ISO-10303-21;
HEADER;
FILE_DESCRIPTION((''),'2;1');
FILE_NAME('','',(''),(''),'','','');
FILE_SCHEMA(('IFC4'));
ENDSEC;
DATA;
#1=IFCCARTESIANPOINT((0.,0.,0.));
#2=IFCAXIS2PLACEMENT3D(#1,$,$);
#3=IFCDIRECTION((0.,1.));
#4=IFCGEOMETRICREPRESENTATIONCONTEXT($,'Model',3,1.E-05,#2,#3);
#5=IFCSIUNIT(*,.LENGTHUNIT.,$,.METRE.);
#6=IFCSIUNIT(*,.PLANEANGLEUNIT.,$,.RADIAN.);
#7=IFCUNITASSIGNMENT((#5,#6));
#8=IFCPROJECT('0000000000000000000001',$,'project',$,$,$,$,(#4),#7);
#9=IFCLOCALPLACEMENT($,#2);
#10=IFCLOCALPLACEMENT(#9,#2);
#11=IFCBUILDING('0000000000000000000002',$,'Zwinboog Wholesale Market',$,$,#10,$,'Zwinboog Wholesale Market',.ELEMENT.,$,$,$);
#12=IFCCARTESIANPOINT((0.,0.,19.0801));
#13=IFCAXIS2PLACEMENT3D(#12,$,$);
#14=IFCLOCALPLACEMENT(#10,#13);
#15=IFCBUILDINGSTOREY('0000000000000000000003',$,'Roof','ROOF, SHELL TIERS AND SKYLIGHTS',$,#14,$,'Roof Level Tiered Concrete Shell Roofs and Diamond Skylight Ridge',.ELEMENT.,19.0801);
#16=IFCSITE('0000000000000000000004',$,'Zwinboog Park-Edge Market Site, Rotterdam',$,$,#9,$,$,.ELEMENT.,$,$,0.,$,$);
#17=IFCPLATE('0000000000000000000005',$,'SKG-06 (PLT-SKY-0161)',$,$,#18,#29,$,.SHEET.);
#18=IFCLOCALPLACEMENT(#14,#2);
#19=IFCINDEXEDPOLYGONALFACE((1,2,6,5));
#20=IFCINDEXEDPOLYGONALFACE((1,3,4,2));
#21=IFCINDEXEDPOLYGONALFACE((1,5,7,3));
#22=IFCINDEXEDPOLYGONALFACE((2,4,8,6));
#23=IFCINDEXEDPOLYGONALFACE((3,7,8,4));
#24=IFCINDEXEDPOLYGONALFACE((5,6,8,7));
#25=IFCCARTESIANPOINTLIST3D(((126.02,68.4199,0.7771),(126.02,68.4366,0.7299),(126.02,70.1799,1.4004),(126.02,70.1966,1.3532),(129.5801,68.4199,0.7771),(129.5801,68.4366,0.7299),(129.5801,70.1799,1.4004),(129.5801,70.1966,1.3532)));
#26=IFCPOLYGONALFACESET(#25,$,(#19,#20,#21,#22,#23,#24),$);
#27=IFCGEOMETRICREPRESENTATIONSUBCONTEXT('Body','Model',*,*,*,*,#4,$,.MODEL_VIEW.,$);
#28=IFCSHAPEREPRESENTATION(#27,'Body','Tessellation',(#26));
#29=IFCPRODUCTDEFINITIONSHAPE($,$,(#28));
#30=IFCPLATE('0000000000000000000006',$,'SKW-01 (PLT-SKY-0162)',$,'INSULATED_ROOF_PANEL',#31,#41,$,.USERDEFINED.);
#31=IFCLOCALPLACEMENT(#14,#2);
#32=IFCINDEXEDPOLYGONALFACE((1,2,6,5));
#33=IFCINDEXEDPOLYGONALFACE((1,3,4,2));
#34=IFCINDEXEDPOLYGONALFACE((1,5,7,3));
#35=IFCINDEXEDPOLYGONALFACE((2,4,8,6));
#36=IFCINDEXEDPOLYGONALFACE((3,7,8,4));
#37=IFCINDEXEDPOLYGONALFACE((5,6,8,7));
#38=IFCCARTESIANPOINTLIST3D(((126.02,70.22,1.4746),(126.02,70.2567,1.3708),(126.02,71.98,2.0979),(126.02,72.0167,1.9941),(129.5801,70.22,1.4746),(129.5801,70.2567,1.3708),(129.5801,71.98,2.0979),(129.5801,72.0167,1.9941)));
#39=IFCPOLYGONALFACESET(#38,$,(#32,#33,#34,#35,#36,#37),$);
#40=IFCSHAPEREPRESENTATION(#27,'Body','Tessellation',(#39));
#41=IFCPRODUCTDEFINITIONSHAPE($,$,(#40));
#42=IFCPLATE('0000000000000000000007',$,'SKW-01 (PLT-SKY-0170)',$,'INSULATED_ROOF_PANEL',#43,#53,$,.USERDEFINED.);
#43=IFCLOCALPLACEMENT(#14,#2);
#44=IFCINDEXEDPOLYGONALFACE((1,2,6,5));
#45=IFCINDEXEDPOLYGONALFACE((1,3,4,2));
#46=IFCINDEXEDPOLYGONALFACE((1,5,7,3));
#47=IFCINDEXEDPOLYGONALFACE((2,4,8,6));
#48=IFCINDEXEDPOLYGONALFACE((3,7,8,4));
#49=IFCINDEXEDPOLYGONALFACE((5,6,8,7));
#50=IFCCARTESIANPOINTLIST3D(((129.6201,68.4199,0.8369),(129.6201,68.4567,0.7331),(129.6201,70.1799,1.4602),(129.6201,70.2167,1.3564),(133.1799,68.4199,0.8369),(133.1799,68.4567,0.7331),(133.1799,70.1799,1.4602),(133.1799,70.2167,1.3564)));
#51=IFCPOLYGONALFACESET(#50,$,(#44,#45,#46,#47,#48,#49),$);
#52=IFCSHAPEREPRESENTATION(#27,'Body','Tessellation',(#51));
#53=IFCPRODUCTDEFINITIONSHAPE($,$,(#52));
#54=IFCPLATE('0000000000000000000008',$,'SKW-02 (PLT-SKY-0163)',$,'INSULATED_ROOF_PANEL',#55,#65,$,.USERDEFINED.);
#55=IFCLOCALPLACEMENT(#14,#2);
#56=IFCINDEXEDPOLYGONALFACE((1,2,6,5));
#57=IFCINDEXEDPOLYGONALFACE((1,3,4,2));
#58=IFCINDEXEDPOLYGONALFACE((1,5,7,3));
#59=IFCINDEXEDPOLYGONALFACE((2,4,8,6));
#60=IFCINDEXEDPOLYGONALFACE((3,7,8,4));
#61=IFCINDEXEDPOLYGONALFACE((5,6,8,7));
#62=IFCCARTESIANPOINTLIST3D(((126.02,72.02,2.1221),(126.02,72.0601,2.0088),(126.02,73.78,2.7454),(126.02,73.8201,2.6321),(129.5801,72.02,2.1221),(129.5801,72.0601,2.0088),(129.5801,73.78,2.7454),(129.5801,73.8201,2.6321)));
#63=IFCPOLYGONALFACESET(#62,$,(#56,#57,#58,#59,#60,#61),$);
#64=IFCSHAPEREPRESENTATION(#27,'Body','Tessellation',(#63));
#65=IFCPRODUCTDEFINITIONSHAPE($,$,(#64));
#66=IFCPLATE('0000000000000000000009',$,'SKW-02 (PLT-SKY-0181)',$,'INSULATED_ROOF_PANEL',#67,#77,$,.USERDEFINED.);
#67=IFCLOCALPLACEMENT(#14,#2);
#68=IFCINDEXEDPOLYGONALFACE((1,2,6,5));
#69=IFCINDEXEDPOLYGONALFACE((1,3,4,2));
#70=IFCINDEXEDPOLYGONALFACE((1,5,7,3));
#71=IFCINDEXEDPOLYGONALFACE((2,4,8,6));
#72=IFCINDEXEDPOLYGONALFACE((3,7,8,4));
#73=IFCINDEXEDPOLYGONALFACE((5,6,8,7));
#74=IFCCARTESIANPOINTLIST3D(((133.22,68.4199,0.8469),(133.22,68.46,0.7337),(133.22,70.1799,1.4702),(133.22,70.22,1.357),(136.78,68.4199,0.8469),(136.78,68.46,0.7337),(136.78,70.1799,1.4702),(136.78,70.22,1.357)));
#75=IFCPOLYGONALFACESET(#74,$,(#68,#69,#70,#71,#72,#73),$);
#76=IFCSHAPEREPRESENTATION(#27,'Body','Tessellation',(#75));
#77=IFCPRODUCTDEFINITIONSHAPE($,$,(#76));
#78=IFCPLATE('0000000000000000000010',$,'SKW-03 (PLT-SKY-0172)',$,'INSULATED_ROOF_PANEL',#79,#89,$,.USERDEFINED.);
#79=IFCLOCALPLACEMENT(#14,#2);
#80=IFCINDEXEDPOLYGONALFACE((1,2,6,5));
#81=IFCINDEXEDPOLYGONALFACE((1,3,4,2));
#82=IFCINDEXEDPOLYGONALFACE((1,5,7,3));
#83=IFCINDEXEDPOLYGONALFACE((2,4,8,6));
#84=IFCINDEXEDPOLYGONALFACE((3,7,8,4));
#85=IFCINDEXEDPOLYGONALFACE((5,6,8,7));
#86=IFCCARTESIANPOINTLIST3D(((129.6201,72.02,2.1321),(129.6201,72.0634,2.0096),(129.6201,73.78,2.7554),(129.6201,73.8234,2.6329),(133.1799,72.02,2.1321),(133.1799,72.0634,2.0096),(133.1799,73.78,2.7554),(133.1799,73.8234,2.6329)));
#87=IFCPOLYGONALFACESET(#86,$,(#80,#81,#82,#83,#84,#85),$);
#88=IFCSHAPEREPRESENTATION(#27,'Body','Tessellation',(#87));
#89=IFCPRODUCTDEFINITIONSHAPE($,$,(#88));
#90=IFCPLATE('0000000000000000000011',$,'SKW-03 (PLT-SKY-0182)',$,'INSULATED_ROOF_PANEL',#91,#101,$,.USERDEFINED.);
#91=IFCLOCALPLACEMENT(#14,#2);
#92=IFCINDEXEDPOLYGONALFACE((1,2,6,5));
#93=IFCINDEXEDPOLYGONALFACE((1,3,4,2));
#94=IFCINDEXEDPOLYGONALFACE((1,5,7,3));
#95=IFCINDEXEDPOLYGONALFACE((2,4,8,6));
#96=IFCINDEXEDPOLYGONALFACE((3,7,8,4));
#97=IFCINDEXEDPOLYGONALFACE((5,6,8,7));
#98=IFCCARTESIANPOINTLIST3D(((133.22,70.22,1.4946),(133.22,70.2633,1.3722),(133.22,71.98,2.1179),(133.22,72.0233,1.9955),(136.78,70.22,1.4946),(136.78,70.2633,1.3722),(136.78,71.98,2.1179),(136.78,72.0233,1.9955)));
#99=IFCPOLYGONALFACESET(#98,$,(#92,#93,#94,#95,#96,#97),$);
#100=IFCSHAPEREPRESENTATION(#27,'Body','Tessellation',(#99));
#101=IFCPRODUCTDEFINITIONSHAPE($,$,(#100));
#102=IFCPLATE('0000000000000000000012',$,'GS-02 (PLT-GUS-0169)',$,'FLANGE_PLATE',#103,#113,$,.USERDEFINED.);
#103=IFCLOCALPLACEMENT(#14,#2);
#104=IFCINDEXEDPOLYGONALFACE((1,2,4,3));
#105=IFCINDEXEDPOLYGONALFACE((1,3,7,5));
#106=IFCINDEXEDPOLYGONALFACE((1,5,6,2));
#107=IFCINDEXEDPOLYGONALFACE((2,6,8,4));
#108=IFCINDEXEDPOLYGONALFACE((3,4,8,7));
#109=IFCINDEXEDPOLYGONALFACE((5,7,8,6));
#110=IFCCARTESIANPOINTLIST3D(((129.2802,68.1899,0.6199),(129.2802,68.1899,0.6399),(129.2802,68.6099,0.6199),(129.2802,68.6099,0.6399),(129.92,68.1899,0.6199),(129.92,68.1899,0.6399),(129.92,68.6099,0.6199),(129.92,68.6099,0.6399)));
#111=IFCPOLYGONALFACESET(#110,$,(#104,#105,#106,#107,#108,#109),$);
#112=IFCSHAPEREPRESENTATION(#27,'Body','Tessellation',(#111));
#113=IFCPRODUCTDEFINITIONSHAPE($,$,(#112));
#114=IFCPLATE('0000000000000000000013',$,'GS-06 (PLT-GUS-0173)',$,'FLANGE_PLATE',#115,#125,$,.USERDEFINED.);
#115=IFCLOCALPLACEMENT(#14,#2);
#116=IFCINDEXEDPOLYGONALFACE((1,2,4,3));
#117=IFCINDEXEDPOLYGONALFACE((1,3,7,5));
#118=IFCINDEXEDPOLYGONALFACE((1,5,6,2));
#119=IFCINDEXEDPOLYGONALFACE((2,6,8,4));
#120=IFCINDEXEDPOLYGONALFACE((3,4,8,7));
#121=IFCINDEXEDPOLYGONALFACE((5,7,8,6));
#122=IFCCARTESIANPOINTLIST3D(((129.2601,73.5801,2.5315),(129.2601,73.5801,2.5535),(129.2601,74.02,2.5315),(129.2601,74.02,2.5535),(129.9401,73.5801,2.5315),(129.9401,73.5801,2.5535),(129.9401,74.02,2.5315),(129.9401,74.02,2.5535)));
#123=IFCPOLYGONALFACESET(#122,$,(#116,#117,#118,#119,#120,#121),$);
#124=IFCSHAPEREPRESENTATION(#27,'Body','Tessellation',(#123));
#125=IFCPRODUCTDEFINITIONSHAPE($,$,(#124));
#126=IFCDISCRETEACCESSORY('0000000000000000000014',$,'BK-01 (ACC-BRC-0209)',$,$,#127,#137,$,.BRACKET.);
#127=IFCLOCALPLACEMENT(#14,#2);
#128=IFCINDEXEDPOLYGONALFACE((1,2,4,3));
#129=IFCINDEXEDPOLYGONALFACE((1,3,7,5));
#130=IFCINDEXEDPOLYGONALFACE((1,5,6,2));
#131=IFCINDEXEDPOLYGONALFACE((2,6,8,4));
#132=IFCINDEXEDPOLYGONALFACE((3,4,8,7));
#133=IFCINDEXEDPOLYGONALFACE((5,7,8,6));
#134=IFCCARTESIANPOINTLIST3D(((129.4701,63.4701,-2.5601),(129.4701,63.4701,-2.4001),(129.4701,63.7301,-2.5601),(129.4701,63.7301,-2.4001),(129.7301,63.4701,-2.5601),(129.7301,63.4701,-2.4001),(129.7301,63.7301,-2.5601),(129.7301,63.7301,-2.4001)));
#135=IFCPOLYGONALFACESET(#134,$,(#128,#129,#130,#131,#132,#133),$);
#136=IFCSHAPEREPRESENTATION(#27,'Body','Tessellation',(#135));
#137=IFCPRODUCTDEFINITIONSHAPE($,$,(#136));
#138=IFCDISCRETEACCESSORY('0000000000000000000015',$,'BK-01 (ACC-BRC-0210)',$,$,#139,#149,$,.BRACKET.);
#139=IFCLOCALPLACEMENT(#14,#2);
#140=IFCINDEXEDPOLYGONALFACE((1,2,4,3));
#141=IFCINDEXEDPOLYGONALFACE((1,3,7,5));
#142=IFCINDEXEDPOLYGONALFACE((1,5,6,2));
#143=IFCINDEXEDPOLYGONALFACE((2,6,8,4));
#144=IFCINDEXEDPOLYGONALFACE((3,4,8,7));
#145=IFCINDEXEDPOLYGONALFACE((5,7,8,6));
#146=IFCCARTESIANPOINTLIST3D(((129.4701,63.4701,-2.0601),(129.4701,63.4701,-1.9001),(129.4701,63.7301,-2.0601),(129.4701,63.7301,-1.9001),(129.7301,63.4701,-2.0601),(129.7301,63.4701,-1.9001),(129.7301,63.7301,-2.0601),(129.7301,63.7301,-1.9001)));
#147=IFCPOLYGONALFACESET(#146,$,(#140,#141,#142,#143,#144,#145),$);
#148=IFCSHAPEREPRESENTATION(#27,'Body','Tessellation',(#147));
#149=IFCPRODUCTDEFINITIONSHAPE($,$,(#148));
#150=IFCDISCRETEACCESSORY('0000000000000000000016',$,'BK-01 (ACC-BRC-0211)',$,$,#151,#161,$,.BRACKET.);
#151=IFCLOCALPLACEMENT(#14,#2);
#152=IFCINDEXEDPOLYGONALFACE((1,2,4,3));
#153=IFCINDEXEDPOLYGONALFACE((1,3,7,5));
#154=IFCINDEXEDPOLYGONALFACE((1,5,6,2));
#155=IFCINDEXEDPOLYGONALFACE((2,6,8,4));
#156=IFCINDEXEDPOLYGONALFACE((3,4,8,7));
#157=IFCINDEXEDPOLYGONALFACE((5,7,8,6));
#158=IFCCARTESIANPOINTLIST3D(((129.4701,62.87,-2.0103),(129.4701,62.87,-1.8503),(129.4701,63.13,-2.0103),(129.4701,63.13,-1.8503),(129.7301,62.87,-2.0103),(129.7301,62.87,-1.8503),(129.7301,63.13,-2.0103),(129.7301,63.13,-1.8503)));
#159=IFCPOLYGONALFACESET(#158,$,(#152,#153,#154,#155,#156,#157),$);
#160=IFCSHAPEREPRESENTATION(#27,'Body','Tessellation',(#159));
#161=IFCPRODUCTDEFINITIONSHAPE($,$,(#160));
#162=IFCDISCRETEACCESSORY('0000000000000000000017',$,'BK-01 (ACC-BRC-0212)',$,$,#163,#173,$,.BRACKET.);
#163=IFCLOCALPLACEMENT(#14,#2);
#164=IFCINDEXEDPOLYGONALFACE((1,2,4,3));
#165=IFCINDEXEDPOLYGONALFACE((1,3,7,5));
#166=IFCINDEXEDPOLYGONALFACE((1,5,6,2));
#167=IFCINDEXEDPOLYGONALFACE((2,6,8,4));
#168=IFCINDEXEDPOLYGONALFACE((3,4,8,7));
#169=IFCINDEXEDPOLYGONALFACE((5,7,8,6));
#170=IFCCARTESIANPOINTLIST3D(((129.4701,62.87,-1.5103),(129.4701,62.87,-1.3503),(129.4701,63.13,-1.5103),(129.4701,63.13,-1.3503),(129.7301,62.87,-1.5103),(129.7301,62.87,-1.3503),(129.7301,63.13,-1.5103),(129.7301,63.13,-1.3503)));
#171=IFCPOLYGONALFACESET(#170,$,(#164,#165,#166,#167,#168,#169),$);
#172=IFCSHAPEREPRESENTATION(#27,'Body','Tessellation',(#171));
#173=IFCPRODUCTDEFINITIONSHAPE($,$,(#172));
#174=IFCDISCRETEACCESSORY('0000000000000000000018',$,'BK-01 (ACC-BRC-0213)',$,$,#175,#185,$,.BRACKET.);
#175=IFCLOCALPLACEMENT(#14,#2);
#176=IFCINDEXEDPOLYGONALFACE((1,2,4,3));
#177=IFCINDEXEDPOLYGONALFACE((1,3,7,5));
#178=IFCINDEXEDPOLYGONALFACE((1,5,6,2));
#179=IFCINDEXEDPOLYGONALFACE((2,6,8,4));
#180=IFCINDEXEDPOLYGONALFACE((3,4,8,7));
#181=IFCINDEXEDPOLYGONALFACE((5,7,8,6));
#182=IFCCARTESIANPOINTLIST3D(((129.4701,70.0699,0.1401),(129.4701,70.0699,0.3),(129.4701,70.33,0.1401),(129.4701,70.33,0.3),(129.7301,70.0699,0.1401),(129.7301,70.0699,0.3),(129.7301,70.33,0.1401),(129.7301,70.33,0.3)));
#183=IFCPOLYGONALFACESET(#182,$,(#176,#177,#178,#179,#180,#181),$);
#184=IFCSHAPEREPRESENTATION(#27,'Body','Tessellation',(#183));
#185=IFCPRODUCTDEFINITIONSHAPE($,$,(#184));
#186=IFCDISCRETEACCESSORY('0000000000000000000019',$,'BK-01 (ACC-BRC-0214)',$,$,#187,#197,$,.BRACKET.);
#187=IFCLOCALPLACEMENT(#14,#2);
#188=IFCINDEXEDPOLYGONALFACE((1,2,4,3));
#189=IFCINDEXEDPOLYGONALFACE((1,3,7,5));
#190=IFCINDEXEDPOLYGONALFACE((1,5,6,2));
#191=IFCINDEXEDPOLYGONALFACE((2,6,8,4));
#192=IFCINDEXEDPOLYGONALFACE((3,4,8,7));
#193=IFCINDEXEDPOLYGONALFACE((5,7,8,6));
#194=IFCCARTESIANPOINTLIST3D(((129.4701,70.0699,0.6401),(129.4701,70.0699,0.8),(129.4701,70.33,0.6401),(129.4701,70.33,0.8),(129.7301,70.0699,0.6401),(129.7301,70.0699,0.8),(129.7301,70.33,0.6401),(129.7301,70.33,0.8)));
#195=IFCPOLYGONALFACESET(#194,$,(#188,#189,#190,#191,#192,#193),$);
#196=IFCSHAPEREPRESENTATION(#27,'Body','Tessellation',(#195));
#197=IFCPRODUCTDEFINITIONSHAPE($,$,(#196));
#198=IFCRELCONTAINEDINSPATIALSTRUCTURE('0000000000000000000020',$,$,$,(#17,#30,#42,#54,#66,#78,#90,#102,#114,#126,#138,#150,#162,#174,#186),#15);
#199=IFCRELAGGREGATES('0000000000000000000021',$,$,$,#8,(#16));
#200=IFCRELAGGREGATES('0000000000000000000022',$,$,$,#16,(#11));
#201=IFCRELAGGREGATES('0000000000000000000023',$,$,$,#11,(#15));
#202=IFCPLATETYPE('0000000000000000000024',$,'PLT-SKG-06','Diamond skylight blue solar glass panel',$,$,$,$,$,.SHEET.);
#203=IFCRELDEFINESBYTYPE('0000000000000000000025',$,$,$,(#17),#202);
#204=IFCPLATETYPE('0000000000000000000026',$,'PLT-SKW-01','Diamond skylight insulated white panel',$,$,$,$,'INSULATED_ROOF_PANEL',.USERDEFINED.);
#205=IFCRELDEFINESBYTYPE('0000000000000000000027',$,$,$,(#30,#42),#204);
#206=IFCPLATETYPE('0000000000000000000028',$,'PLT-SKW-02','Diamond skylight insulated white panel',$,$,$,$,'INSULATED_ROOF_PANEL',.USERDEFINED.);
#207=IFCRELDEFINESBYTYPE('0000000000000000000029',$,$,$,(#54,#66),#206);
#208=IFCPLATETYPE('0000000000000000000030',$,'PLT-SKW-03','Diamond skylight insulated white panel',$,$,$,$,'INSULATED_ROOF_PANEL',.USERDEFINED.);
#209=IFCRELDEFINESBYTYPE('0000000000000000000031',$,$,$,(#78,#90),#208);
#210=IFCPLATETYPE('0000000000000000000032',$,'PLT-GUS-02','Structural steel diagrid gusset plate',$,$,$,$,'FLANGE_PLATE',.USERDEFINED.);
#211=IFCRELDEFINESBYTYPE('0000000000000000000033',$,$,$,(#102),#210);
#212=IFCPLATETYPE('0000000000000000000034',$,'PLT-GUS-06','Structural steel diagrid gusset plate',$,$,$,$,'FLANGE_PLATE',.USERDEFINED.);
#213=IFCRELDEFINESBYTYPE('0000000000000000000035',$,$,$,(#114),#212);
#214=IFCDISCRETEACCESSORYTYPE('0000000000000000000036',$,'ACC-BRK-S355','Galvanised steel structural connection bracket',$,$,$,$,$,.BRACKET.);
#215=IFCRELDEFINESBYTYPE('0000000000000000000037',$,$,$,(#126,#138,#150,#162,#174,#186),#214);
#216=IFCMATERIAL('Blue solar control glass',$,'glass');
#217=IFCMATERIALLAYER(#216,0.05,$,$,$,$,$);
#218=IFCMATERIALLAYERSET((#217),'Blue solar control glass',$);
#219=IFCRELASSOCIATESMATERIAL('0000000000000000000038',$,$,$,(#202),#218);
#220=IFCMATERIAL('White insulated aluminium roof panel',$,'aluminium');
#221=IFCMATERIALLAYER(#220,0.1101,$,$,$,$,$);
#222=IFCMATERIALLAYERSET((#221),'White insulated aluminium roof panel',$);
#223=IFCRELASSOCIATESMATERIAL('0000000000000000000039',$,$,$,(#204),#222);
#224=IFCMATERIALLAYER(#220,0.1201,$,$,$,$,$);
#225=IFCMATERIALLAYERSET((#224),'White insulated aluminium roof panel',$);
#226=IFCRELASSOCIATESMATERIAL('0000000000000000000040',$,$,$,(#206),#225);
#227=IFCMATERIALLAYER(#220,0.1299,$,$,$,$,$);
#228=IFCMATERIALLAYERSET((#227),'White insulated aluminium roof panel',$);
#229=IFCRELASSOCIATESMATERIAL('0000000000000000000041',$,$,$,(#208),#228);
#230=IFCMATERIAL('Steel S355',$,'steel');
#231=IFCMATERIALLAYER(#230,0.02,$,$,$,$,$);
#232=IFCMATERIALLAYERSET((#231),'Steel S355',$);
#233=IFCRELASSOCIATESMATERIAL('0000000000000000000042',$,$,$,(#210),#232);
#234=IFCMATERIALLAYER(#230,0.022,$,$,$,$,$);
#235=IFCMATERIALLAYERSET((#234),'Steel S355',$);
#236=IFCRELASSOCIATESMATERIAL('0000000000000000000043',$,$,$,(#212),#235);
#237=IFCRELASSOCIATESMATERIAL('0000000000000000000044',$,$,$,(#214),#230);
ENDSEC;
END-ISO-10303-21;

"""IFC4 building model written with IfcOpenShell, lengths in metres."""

from ifc_helpers import new_model, si_unit, direction, frame, origin, origin_2d, place, context, subcontext, project, spatial, polyline, rectangle, outline, extrude, material, layer, layer_set, type_object, element, save


model = new_model("IFC4")

# Units and contexts
model_context = context("Model", 3, precision=1e-05, world=origin(), true_north=direction((0.0, 1.0)))
body_context = subcontext(model_context, "Body", "Model", "MODEL_VIEW")
ifc_project = project(units=[si_unit("LENGTHUNIT", "METRE"), si_unit("PLANEANGLEUNIT", "RADIAN")], contexts=[model_context])

# Site, building, storey
site_placement = place(None, origin())
site = spatial("IfcSite", under=ifc_project, at=site_placement, Name="Zwinboog Park-Edge Market Site, Rotterdam", CompositionType="ELEMENT", RefElevation=0.0)
building_placement = place(site_placement, origin())
building = spatial("IfcBuilding", under=site, at=building_placement, Name="Zwinboog Wholesale Market", LongName="Zwinboog Wholesale Market", CompositionType="ELEMENT")
storey_placement = place(building_placement, frame((0.0, 0.0, 19.0801)))
storey = spatial("IfcBuildingStorey", under=building, at=storey_placement, Name="Roof", Description="ROOF, SHELL TIERS AND SKYLIGHTS", LongName="Roof Level Tiered Concrete Shell Roofs and Diamond Skylight Ridge", CompositionType="ELEMENT", Elevation=19.0801)

# Shared definitions
ifc_material_1 = material(Name="Steel S355", Category="steel")

# Plates
ifc_material_2 = material(Name="Blue solar control glass", Category="glass")
ifc_layer_1 = layer(ifc_material_2, 0.05)
ifc_layer_set_1 = layer_set([ifc_layer_1], Name="Blue solar control glass")
plate_type_1 = type_object("IfcPlateType", Name="PLT-SKG-06", Description="Diamond skylight blue solar glass panel", PredefinedType="SHEET", material=ifc_layer_set_1)
plate_1_placement = place(storey_placement, frame((126.02, 68.4199, 0.7771), z_axis=(0.0, -0.333825, 0.942635), x_axis=(1.0, 0.0, 0.0)))
element("IfcPlate", 1, at=plate_1_placement, inside=storey, type_object=plate_type_1, Name="SKG-06 (PLT-SKY-0161)", PredefinedType="SHEET", context=body_context, shape_type="SweptSolid", body=[
    extrude(outline(polyline([(0.0, 0.0), (3.5601, 0.0), (3.5601, 1.8671), (0.0, 1.8671), (0.0, 0.0)])), origin(), (0.0, 0.0, -1.0), 0.05),
])
ifc_material_3 = material(Name="White insulated aluminium roof panel", Category="aluminium")
ifc_layer_2 = layer(ifc_material_3, 0.1101)
ifc_layer_set_2 = layer_set([ifc_layer_2], Name="White insulated aluminium roof panel")
plate_type_2 = type_object("IfcPlateType", Name="PLT-SKW-01", Description="Diamond skylight insulated white panel", ElementType="INSULATED_ROOF_PANEL", PredefinedType="USERDEFINED", material=ifc_layer_set_2)
plate_2_placement = place(storey_placement, frame((126.02, 70.22, 1.4746), z_axis=(0.0, -0.333825, 0.942635), x_axis=(1.0, 0.0, 0.0)))
element("IfcPlate", 2, at=plate_2_placement, inside=storey, type_object=plate_type_2, Name="SKW-01 (PLT-SKY-0162)", ObjectType="INSULATED_ROOF_PANEL", PredefinedType="USERDEFINED", context=body_context, shape_type="SweptSolid", body=[
    extrude(outline(polyline([(0.0, 0.0), (3.5601, 0.0), (3.5601, 1.8671), (0.0, 1.8671), (0.0, 0.0)])), origin(), (0.0, 0.0, -1.0), 0.1101),
])
plate_3_placement = place(storey_placement, frame((129.6201, 68.4199, 0.8369), z_axis=(0.0, -0.333825, 0.942635), x_axis=(1.0, 0.0, 0.0)))
element("IfcPlate", 3, at=plate_3_placement, inside=storey, type_object=plate_type_2, Name="SKW-01 (PLT-SKY-0170)", ObjectType="INSULATED_ROOF_PANEL", PredefinedType="USERDEFINED", context=body_context, shape_type="SweptSolid", body=[
    extrude(outline(polyline([(0.0, 0.0), (3.5598, 0.0), (3.5598, 1.8671), (0.0, 1.8671), (0.0, 0.0)])), origin(), (0.0, 0.0, -1.0), 0.1101),
])
ifc_layer_3 = layer(ifc_material_3, 0.1201)
ifc_layer_set_3 = layer_set([ifc_layer_3], Name="White insulated aluminium roof panel")
plate_type_3 = type_object("IfcPlateType", Name="PLT-SKW-02", Description="Diamond skylight insulated white panel", ElementType="INSULATED_ROOF_PANEL", PredefinedType="USERDEFINED", material=ifc_layer_set_3)
for number, where, z_axis, x_axis, name in (
    (4, (126.02, 72.02, 2.1221), (0.0, -0.333825, 0.942635), (1.0, 0.0, 0.0), "SKW-02 (PLT-SKY-0163)"),
    (5, (133.22, 68.4199, 0.8469), (0.0, -0.333825, 0.942635), (1.0, 0.0, 0.0), "SKW-02 (PLT-SKY-0181)"),
):
    element("IfcPlate", number, at=place(storey_placement, frame(where, z_axis=z_axis, x_axis=x_axis)), inside=storey, type_object=plate_type_3, Name=name, ObjectType="INSULATED_ROOF_PANEL", PredefinedType="USERDEFINED", context=body_context, shape_type="SweptSolid", body=[
        extrude(outline(polyline([(0.0, 0.0), (3.5601, 0.0), (3.5601, 1.8671), (0.0, 1.8671), (0.0, 0.0)])), origin(), (0.0, 0.0, -1.0), 0.1201),
    ])
ifc_layer_4 = layer(ifc_material_3, 0.1299)
ifc_layer_set_4 = layer_set([ifc_layer_4], Name="White insulated aluminium roof panel")
plate_type_4 = type_object("IfcPlateType", Name="PLT-SKW-03", Description="Diamond skylight insulated white panel", ElementType="INSULATED_ROOF_PANEL", PredefinedType="USERDEFINED", material=ifc_layer_set_4)
plate_4_placement = place(storey_placement, frame((129.6201, 72.02, 2.1321), z_axis=(0.0, -0.333825, 0.942635), x_axis=(1.0, 0.0, 0.0)))
element("IfcPlate", 6, at=plate_4_placement, inside=storey, type_object=plate_type_4, Name="SKW-03 (PLT-SKY-0172)", ObjectType="INSULATED_ROOF_PANEL", PredefinedType="USERDEFINED", context=body_context, shape_type="SweptSolid", body=[
    extrude(outline(polyline([(0.0, 0.0), (3.5598, 0.0), (3.5598, 1.8671), (0.0, 1.8671), (0.0, 0.0)])), origin(), (0.0, 0.0, -1.0), 0.1299),
])
plate_5_placement = place(storey_placement, frame((133.22, 70.22, 1.4946), z_axis=(0.0, -0.333825, 0.942635), x_axis=(1.0, 0.0, 0.0)))
element("IfcPlate", 7, at=plate_5_placement, inside=storey, type_object=plate_type_4, Name="SKW-03 (PLT-SKY-0182)", ObjectType="INSULATED_ROOF_PANEL", PredefinedType="USERDEFINED", context=body_context, shape_type="SweptSolid", body=[
    extrude(outline(polyline([(0.0, 0.0), (3.5601, 0.0), (3.5601, 1.8671), (0.0, 1.8671), (0.0, 0.0)])), origin(), (0.0, 0.0, -1.0), 0.1299),
])
ifc_layer_5 = layer(ifc_material_1, 0.02)
ifc_layer_set_5 = layer_set([ifc_layer_5], Name="Steel S355")
plate_type_5 = type_object("IfcPlateType", Name="PLT-GUS-02", Description="Structural steel diagrid gusset plate", ElementType="FLANGE_PLATE", PredefinedType="USERDEFINED", material=ifc_layer_set_5)
plate_6_placement = place(storey_placement, frame((129.6001, 68.3999, 0.6199), z_axis=(0.0, 0.0, 1.0), x_axis=(1.0, 0.0, 0.0)))
element("IfcPlate", 8, at=plate_6_placement, inside=storey, type_object=plate_type_5, Name="GS-02 (PLT-GUS-0169)", ObjectType="FLANGE_PLATE", PredefinedType="USERDEFINED", context=body_context, shape_type="SweptSolid", body=[
    extrude(rectangle(XDim=0.6399, YDim=0.4199, at=origin_2d()), origin(), (0.0, 0.0, 1.0), 0.02),
])
ifc_layer_6 = layer(ifc_material_1, 0.022)
ifc_layer_set_6 = layer_set([ifc_layer_6], Name="Steel S355")
plate_type_6 = type_object("IfcPlateType", Name="PLT-GUS-06", Description="Structural steel diagrid gusset plate", ElementType="FLANGE_PLATE", PredefinedType="USERDEFINED", material=ifc_layer_set_6)
plate_7_placement = place(storey_placement, frame((129.6001, 73.8, 2.5315), z_axis=(0.0, 0.0, 1.0), x_axis=(1.0, 0.0, 0.0)))
element("IfcPlate", 9, at=plate_7_placement, inside=storey, type_object=plate_type_6, Name="GS-06 (PLT-GUS-0173)", ObjectType="FLANGE_PLATE", PredefinedType="USERDEFINED", context=body_context, shape_type="SweptSolid", body=[
    extrude(rectangle(XDim=0.6799, YDim=0.4399, at=origin_2d()), origin(), (0.0, 0.0, 1.0), 0.022),
])

# Discrete accessories
discrete_accessory_type = type_object("IfcDiscreteAccessoryType", Name="ACC-BRK-S355", Description="Galvanised steel structural connection bracket", PredefinedType="BRACKET", material=ifc_material_1)
for number, where, z_axis, x_axis, name in (
    (10, (129.6001, 63.6001, -2.5601), (0.0, 0.0, 1.0), (1.0, 0.0, 0.0), "BK-01 (ACC-BRC-0209)"),
    (11, (129.6001, 63.6001, -2.0601), (0.0, 0.0, 1.0), (1.0, 0.0, 0.0), "BK-01 (ACC-BRC-0210)"),
    (12, (129.6001, 63.0, -2.0103), (0.0, 0.0, 1.0), (1.0, 0.0, 0.0), "BK-01 (ACC-BRC-0211)"),
    (13, (129.6001, 63.0, -1.5103), (0.0, 0.0, 1.0), (1.0, 0.0, 0.0), "BK-01 (ACC-BRC-0212)"),
    (14, (129.6001, 70.2, 0.1401), (0.0, 0.0, 1.0), (1.0, 0.0, 0.0), "BK-01 (ACC-BRC-0213)"),
    (15, (129.6001, 70.2, 0.6401), (0.0, 0.0, 1.0), (1.0, 0.0, 0.0), "BK-01 (ACC-BRC-0214)"),
):
    element("IfcDiscreteAccessory", number, at=place(storey_placement, frame(where, z_axis=z_axis, x_axis=x_axis)), inside=storey, type_object=discrete_accessory_type, Name=name, PredefinedType="BRACKET", context=body_context, shape_type="SweptSolid", body=[
        extrude(rectangle(XDim=0.26, YDim=0.26, at=origin_2d()), origin(), (0.0, 0.0, 1.0), 0.1599),
    ])

save(model, "model.ifc")
